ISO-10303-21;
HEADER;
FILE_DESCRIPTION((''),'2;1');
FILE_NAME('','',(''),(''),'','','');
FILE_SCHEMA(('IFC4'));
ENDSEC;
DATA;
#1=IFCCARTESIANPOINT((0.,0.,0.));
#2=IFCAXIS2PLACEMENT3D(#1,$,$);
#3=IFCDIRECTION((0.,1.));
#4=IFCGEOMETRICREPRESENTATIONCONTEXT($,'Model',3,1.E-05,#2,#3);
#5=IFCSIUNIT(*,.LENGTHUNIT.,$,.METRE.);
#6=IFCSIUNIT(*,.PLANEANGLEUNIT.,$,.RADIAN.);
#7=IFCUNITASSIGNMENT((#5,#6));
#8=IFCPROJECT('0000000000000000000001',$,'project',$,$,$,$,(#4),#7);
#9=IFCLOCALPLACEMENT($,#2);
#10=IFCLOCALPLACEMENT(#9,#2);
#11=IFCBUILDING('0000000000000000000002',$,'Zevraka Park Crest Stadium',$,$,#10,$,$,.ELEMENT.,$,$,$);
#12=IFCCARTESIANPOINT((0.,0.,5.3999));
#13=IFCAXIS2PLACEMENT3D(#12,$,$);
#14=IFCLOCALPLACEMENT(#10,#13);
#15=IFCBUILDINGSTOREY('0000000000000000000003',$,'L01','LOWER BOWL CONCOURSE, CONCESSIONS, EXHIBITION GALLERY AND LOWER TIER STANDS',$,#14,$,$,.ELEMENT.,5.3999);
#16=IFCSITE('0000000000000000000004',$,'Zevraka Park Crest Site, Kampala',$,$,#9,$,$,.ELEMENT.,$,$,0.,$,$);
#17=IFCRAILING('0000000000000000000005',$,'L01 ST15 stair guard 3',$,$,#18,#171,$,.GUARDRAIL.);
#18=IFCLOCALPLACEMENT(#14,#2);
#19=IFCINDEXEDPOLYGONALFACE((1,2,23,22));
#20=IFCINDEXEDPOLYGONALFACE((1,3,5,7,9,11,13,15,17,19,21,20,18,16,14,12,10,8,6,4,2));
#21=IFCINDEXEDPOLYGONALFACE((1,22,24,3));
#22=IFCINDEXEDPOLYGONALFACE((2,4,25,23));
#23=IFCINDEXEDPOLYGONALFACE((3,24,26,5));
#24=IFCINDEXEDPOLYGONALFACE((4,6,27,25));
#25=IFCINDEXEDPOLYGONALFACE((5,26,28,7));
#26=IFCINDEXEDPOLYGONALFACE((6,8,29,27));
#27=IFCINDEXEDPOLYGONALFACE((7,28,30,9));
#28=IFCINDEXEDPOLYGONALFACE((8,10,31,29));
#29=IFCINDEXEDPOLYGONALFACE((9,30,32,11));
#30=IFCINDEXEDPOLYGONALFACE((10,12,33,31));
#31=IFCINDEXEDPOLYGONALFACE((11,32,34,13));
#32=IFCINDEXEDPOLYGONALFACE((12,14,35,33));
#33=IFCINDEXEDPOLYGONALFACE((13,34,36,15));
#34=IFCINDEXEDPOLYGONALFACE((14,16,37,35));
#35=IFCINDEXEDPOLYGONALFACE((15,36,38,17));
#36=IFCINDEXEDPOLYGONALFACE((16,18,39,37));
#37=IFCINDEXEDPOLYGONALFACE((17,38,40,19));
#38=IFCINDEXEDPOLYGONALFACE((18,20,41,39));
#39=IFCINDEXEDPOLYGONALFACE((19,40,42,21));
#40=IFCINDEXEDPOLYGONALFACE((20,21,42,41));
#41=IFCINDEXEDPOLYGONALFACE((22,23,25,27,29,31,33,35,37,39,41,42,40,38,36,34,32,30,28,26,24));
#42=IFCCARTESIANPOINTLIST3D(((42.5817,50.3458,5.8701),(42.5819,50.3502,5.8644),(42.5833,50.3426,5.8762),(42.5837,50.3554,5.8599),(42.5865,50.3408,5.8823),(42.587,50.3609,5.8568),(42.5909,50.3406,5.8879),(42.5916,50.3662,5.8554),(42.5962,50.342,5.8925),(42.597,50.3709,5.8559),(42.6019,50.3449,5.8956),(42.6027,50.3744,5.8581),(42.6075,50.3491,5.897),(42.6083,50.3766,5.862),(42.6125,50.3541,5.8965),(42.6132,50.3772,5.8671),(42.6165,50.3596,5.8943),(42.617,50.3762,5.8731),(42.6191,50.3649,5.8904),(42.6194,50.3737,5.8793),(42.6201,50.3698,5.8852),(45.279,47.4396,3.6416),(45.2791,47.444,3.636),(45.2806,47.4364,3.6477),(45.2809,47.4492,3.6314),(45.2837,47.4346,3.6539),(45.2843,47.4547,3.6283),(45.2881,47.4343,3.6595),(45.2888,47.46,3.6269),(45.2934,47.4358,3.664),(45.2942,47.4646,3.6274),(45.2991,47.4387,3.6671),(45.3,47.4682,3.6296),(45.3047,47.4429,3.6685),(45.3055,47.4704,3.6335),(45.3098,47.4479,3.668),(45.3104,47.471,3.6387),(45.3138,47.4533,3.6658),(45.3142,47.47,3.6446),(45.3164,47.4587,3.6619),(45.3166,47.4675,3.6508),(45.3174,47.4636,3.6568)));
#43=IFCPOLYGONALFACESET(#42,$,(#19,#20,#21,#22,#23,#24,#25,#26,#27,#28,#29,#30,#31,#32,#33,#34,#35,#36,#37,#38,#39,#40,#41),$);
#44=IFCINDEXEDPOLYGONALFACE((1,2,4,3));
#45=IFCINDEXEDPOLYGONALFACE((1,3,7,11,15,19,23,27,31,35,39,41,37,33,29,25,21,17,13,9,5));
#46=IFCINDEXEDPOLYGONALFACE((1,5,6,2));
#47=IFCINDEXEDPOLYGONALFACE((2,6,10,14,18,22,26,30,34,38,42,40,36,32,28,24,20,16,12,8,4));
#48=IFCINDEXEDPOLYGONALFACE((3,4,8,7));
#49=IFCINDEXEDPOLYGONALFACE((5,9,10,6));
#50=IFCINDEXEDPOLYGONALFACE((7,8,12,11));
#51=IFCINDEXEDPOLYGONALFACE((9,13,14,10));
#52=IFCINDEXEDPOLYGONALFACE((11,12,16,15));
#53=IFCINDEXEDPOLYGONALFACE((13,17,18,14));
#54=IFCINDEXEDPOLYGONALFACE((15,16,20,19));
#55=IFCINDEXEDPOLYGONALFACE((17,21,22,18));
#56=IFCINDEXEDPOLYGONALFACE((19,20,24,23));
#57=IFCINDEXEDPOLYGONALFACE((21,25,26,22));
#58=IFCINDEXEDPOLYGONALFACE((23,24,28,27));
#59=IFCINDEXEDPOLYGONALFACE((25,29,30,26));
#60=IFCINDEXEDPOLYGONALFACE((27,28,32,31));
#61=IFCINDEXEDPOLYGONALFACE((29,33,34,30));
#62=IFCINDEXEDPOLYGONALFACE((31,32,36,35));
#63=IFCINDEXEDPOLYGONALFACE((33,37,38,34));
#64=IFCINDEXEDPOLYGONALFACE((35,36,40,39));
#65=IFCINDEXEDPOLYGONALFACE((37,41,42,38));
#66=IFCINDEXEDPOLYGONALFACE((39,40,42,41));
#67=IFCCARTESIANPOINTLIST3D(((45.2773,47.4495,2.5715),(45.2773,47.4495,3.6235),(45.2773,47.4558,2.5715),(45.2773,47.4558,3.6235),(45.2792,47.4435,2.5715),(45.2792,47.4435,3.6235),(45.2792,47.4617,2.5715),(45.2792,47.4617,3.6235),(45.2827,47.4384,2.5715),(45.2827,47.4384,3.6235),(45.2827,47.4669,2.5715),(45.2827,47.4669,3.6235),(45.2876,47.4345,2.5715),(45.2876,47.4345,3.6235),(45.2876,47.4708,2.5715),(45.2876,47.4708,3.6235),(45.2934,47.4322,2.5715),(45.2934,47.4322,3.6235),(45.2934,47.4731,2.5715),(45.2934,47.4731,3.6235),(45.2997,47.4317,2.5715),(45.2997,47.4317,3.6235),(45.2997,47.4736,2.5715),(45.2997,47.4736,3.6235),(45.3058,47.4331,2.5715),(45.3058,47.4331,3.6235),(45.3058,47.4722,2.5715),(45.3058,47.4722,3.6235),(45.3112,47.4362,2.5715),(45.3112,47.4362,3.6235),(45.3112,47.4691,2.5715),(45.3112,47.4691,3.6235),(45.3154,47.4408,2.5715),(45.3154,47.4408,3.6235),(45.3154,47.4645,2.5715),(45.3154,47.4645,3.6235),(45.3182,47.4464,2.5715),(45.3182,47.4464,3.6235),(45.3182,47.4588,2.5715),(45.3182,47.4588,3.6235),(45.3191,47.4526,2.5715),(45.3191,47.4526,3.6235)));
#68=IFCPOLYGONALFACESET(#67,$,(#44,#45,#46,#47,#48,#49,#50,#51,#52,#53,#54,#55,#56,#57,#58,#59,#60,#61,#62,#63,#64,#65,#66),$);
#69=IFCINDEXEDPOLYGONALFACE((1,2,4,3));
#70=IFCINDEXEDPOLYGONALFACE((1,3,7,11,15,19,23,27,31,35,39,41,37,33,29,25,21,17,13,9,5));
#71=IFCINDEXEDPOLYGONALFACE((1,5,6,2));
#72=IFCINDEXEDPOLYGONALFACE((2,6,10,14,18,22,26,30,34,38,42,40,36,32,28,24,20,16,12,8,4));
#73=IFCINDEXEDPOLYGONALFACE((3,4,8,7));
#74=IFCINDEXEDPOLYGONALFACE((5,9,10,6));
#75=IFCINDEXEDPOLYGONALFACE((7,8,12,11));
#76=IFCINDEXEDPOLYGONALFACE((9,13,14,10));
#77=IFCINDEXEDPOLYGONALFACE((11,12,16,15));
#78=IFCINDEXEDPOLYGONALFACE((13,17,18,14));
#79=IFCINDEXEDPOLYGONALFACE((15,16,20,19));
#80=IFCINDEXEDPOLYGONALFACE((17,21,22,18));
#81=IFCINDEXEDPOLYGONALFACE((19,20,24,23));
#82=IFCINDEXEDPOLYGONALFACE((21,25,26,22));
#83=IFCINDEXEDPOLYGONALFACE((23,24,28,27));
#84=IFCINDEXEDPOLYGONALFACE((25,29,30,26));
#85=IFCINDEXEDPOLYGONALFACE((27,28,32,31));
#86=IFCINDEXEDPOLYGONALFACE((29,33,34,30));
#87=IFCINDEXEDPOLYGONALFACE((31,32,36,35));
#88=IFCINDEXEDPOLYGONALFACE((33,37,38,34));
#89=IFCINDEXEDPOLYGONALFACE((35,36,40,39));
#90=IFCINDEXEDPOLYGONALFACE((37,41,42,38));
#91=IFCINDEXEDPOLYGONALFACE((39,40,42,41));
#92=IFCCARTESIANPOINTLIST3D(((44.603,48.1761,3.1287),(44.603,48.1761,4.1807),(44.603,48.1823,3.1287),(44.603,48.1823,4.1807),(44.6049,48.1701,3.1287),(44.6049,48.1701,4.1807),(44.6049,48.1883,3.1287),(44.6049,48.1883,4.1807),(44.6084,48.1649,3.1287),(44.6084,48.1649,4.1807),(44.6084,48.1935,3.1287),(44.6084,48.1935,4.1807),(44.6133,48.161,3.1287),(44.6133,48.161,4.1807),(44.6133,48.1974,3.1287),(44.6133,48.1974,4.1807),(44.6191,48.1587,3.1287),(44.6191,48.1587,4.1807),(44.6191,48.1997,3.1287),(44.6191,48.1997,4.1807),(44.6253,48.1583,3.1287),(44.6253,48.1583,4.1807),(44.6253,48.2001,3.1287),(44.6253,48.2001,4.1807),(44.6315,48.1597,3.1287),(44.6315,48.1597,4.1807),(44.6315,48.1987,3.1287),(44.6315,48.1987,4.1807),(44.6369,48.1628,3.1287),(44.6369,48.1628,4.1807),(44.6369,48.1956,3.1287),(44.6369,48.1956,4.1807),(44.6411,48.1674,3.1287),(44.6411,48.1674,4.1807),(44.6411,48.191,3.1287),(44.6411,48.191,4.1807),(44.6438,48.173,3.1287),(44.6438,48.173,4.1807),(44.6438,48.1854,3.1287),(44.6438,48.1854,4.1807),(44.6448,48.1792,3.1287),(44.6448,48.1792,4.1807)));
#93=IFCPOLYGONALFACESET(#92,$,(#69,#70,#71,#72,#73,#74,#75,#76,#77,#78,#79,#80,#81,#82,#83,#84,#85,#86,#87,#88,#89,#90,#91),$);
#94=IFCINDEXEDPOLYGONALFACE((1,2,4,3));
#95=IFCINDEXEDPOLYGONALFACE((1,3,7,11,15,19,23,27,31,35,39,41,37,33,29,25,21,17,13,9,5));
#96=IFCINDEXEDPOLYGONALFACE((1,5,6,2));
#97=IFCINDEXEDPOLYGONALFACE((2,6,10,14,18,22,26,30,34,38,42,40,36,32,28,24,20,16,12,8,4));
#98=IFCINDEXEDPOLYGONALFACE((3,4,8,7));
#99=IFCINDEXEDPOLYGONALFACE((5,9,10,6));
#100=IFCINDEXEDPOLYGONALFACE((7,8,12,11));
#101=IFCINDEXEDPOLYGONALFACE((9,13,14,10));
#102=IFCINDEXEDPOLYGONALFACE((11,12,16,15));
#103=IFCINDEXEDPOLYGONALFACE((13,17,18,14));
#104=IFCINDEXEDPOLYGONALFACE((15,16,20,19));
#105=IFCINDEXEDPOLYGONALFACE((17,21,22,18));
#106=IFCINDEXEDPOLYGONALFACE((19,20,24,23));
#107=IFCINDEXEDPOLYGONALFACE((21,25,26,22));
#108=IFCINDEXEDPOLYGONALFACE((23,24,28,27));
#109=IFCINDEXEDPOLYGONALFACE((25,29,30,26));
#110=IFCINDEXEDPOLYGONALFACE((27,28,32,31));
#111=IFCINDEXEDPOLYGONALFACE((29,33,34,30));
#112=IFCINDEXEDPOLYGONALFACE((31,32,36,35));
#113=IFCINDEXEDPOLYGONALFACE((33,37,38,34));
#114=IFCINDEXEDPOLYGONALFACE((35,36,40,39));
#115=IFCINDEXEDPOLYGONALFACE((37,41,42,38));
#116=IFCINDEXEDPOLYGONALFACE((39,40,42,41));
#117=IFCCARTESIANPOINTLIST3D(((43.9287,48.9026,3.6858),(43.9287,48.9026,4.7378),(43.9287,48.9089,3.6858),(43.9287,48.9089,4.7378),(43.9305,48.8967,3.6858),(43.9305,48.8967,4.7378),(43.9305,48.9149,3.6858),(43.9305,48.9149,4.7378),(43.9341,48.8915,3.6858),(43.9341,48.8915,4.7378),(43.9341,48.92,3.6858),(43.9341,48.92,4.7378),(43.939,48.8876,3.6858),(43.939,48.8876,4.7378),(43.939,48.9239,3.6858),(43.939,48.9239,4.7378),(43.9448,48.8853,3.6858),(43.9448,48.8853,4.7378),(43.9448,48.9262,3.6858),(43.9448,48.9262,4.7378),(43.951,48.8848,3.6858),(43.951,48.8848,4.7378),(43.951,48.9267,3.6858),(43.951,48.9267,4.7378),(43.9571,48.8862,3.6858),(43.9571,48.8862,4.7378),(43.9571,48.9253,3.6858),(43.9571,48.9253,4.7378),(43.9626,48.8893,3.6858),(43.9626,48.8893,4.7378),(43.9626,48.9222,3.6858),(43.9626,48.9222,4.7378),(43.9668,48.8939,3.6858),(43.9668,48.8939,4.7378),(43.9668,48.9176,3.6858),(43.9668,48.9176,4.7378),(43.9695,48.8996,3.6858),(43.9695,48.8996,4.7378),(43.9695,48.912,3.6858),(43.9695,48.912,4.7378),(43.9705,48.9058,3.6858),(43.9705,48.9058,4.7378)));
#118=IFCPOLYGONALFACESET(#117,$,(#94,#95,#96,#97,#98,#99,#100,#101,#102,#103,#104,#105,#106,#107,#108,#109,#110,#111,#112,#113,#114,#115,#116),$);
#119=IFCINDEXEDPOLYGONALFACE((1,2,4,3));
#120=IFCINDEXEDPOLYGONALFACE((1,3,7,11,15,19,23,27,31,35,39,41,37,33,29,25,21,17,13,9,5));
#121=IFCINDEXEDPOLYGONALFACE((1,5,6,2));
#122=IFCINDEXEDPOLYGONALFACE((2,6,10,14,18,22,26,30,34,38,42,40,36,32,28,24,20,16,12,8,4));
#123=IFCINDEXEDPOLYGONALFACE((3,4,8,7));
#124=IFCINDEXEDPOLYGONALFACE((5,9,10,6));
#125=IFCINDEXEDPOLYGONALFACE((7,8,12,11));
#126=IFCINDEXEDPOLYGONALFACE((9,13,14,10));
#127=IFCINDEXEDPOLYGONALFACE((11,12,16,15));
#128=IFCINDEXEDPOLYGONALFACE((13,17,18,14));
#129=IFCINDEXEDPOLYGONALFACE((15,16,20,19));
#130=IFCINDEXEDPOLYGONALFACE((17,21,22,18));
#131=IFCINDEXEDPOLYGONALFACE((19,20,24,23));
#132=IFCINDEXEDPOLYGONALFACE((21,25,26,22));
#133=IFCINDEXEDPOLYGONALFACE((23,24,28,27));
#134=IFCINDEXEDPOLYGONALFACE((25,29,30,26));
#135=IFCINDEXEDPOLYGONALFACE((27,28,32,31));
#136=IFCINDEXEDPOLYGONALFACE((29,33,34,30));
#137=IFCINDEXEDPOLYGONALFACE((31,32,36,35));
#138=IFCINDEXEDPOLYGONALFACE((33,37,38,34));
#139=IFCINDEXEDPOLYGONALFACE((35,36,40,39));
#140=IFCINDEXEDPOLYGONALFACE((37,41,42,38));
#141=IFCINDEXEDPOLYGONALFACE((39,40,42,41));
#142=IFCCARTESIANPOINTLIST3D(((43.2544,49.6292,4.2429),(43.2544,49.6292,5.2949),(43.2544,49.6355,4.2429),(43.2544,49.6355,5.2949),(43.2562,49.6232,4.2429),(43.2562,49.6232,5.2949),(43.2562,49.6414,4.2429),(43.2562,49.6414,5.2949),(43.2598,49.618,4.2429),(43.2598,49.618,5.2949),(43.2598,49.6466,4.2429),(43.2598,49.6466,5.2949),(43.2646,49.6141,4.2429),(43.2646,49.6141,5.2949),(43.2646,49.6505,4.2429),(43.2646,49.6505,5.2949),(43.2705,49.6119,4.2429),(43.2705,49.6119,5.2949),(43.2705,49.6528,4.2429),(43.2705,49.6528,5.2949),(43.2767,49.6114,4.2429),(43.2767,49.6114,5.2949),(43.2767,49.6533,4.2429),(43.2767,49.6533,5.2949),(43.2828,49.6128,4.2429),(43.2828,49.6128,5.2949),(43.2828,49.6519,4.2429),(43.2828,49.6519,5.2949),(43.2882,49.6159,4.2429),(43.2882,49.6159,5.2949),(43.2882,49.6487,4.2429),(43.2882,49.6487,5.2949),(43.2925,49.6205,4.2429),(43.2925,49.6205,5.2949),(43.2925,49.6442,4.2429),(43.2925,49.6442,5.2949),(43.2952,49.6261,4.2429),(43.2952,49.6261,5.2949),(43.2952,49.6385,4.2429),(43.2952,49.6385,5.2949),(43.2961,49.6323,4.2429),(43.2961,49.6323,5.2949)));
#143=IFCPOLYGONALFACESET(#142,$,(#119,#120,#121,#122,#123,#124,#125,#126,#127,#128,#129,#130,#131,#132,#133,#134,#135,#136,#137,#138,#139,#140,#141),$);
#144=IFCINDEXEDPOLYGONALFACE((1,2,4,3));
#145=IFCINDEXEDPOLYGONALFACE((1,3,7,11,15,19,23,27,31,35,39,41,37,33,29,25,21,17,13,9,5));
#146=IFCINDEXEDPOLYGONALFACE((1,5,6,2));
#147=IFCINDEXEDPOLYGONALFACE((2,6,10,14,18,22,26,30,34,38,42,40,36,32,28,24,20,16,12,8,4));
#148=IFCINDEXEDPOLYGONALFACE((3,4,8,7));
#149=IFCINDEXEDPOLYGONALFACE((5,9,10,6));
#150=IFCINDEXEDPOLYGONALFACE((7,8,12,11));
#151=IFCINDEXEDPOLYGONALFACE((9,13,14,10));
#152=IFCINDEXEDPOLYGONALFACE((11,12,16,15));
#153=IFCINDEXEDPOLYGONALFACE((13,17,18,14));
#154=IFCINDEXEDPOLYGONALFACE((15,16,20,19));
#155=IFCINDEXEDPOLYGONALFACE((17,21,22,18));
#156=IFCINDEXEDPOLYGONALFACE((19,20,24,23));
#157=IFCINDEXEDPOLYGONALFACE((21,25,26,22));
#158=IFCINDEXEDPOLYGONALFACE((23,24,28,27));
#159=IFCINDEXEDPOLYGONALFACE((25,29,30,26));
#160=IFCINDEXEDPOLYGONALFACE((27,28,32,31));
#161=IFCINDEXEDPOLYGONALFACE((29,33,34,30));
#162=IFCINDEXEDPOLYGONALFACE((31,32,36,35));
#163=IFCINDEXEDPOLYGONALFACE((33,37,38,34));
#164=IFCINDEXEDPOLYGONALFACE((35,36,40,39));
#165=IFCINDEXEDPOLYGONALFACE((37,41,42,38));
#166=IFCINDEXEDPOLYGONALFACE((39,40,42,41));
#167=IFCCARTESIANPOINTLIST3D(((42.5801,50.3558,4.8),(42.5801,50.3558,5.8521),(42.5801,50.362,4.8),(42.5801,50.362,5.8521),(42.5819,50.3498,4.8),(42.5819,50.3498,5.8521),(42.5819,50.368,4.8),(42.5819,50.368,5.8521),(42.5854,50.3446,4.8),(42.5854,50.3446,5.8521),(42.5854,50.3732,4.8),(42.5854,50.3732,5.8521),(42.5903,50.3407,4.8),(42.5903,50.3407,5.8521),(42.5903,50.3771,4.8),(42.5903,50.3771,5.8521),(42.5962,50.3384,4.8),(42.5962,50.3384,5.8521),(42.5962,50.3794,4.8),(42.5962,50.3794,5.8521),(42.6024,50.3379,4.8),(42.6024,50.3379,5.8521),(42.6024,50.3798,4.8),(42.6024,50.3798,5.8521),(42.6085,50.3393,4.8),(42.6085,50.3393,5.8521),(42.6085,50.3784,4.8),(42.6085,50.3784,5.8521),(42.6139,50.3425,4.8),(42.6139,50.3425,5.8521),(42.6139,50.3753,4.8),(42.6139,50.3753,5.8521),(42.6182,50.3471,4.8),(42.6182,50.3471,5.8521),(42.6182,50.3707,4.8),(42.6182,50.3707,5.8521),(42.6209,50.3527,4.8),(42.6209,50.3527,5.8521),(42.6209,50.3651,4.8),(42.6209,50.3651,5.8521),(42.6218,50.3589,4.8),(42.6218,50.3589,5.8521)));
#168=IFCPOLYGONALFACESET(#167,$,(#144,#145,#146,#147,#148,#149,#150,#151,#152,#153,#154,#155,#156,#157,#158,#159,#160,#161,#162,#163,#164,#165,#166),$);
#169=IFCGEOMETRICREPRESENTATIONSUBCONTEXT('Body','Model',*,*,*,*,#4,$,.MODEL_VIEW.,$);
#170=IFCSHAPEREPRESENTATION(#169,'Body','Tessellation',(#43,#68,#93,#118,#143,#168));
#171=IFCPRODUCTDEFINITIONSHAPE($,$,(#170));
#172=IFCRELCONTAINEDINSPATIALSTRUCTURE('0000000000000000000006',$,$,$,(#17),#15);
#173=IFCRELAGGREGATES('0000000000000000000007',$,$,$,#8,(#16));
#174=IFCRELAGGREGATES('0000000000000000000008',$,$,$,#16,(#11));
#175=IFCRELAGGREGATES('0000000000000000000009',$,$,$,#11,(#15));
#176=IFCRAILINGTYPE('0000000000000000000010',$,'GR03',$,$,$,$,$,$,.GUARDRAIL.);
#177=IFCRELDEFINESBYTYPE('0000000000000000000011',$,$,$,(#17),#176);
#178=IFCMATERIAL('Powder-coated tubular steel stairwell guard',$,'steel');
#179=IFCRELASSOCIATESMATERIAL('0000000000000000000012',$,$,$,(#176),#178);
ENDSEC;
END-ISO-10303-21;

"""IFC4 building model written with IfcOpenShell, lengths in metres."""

from ifc_helpers import new_model, si_unit, direction, frame, origin, origin_2d, place, context, subcontext, project, spatial, circle, extrude, material, type_object, element, save


model = new_model("IFC4")

# Units and contexts
model_context = context("Model", 3, precision=1e-05, world=origin(), true_north=direction((0.0, 1.0)))
body_context = subcontext(model_context, "Body", "Model", "MODEL_VIEW")
ifc_project = project(units=[si_unit("LENGTHUNIT", "METRE"), si_unit("PLANEANGLEUNIT", "RADIAN")], contexts=[model_context])

# Site, building, storey
site_placement = place(None, origin())
site = spatial("IfcSite", under=ifc_project, at=site_placement, Name="Zevraka Park Crest Site, Kampala", CompositionType="ELEMENT", RefElevation=0.0)
building_placement = place(site_placement, origin())
building = spatial("IfcBuilding", under=site, at=building_placement, Name="Zevraka Park Crest Stadium", CompositionType="ELEMENT")
storey_placement = place(building_placement, frame((0.0, 0.0, 5.3999)))
storey = spatial("IfcBuildingStorey", under=building, at=storey_placement, Name="L01", Description="LOWER BOWL CONCOURSE, CONCESSIONS, EXHIBITION GALLERY AND LOWER TIER STANDS", CompositionType="ELEMENT", Elevation=5.3999)

# Railing
ifc_material_1 = material(Name="Powder-coated tubular steel stairwell guard", Category="steel")
railing_type_1 = type_object("IfcRailingType", Name="GR03", PredefinedType="GUARDRAIL", material=ifc_material_1)
railing_1_placement = place(storey_placement, frame((45.2981, 47.4526, 2.5715)))
element("IfcRailing", 1, at=railing_1_placement, inside=storey, type_object=railing_type_1, Name="L01 ST15 stair guard 3", PredefinedType="GUARDRAIL", context=body_context, shape_type="SweptSolid", body=[
    extrude(circle(Radius=0.0239, at=origin_2d()), frame((0.0, 0.0, 1.0762), z_axis=(-0.593016, 0.638963, 0.489957), x_axis=(-0.732969, -0.680262, 0.0)), (0.0, 0.0, 1.0), 4.5483),
    extrude(circle(Radius=0.021, at=origin_2d()), origin(), (0.0, 0.0, 1.0), 1.052),
    extrude(circle(Radius=0.021, at=origin_2d()), frame((-0.6743, 0.7266, 0.5571)), (0.0, 0.0, 1.0), 1.052),
    extrude(circle(Radius=0.021, at=origin_2d()), frame((-1.3486, 1.4531, 1.1143)), (0.0, 0.0, 1.0), 1.052),
    extrude(circle(Radius=0.021, at=origin_2d()), frame((-2.0229, 2.1797, 1.6714)), (0.0, 0.0, 1.0), 1.052),
    extrude(circle(Radius=0.021, at=origin_2d()), frame((-2.6973, 2.9062, 2.2285)), (0.0, 0.0, 1.0), 1.052),
])

save(model, "model.ifc")
